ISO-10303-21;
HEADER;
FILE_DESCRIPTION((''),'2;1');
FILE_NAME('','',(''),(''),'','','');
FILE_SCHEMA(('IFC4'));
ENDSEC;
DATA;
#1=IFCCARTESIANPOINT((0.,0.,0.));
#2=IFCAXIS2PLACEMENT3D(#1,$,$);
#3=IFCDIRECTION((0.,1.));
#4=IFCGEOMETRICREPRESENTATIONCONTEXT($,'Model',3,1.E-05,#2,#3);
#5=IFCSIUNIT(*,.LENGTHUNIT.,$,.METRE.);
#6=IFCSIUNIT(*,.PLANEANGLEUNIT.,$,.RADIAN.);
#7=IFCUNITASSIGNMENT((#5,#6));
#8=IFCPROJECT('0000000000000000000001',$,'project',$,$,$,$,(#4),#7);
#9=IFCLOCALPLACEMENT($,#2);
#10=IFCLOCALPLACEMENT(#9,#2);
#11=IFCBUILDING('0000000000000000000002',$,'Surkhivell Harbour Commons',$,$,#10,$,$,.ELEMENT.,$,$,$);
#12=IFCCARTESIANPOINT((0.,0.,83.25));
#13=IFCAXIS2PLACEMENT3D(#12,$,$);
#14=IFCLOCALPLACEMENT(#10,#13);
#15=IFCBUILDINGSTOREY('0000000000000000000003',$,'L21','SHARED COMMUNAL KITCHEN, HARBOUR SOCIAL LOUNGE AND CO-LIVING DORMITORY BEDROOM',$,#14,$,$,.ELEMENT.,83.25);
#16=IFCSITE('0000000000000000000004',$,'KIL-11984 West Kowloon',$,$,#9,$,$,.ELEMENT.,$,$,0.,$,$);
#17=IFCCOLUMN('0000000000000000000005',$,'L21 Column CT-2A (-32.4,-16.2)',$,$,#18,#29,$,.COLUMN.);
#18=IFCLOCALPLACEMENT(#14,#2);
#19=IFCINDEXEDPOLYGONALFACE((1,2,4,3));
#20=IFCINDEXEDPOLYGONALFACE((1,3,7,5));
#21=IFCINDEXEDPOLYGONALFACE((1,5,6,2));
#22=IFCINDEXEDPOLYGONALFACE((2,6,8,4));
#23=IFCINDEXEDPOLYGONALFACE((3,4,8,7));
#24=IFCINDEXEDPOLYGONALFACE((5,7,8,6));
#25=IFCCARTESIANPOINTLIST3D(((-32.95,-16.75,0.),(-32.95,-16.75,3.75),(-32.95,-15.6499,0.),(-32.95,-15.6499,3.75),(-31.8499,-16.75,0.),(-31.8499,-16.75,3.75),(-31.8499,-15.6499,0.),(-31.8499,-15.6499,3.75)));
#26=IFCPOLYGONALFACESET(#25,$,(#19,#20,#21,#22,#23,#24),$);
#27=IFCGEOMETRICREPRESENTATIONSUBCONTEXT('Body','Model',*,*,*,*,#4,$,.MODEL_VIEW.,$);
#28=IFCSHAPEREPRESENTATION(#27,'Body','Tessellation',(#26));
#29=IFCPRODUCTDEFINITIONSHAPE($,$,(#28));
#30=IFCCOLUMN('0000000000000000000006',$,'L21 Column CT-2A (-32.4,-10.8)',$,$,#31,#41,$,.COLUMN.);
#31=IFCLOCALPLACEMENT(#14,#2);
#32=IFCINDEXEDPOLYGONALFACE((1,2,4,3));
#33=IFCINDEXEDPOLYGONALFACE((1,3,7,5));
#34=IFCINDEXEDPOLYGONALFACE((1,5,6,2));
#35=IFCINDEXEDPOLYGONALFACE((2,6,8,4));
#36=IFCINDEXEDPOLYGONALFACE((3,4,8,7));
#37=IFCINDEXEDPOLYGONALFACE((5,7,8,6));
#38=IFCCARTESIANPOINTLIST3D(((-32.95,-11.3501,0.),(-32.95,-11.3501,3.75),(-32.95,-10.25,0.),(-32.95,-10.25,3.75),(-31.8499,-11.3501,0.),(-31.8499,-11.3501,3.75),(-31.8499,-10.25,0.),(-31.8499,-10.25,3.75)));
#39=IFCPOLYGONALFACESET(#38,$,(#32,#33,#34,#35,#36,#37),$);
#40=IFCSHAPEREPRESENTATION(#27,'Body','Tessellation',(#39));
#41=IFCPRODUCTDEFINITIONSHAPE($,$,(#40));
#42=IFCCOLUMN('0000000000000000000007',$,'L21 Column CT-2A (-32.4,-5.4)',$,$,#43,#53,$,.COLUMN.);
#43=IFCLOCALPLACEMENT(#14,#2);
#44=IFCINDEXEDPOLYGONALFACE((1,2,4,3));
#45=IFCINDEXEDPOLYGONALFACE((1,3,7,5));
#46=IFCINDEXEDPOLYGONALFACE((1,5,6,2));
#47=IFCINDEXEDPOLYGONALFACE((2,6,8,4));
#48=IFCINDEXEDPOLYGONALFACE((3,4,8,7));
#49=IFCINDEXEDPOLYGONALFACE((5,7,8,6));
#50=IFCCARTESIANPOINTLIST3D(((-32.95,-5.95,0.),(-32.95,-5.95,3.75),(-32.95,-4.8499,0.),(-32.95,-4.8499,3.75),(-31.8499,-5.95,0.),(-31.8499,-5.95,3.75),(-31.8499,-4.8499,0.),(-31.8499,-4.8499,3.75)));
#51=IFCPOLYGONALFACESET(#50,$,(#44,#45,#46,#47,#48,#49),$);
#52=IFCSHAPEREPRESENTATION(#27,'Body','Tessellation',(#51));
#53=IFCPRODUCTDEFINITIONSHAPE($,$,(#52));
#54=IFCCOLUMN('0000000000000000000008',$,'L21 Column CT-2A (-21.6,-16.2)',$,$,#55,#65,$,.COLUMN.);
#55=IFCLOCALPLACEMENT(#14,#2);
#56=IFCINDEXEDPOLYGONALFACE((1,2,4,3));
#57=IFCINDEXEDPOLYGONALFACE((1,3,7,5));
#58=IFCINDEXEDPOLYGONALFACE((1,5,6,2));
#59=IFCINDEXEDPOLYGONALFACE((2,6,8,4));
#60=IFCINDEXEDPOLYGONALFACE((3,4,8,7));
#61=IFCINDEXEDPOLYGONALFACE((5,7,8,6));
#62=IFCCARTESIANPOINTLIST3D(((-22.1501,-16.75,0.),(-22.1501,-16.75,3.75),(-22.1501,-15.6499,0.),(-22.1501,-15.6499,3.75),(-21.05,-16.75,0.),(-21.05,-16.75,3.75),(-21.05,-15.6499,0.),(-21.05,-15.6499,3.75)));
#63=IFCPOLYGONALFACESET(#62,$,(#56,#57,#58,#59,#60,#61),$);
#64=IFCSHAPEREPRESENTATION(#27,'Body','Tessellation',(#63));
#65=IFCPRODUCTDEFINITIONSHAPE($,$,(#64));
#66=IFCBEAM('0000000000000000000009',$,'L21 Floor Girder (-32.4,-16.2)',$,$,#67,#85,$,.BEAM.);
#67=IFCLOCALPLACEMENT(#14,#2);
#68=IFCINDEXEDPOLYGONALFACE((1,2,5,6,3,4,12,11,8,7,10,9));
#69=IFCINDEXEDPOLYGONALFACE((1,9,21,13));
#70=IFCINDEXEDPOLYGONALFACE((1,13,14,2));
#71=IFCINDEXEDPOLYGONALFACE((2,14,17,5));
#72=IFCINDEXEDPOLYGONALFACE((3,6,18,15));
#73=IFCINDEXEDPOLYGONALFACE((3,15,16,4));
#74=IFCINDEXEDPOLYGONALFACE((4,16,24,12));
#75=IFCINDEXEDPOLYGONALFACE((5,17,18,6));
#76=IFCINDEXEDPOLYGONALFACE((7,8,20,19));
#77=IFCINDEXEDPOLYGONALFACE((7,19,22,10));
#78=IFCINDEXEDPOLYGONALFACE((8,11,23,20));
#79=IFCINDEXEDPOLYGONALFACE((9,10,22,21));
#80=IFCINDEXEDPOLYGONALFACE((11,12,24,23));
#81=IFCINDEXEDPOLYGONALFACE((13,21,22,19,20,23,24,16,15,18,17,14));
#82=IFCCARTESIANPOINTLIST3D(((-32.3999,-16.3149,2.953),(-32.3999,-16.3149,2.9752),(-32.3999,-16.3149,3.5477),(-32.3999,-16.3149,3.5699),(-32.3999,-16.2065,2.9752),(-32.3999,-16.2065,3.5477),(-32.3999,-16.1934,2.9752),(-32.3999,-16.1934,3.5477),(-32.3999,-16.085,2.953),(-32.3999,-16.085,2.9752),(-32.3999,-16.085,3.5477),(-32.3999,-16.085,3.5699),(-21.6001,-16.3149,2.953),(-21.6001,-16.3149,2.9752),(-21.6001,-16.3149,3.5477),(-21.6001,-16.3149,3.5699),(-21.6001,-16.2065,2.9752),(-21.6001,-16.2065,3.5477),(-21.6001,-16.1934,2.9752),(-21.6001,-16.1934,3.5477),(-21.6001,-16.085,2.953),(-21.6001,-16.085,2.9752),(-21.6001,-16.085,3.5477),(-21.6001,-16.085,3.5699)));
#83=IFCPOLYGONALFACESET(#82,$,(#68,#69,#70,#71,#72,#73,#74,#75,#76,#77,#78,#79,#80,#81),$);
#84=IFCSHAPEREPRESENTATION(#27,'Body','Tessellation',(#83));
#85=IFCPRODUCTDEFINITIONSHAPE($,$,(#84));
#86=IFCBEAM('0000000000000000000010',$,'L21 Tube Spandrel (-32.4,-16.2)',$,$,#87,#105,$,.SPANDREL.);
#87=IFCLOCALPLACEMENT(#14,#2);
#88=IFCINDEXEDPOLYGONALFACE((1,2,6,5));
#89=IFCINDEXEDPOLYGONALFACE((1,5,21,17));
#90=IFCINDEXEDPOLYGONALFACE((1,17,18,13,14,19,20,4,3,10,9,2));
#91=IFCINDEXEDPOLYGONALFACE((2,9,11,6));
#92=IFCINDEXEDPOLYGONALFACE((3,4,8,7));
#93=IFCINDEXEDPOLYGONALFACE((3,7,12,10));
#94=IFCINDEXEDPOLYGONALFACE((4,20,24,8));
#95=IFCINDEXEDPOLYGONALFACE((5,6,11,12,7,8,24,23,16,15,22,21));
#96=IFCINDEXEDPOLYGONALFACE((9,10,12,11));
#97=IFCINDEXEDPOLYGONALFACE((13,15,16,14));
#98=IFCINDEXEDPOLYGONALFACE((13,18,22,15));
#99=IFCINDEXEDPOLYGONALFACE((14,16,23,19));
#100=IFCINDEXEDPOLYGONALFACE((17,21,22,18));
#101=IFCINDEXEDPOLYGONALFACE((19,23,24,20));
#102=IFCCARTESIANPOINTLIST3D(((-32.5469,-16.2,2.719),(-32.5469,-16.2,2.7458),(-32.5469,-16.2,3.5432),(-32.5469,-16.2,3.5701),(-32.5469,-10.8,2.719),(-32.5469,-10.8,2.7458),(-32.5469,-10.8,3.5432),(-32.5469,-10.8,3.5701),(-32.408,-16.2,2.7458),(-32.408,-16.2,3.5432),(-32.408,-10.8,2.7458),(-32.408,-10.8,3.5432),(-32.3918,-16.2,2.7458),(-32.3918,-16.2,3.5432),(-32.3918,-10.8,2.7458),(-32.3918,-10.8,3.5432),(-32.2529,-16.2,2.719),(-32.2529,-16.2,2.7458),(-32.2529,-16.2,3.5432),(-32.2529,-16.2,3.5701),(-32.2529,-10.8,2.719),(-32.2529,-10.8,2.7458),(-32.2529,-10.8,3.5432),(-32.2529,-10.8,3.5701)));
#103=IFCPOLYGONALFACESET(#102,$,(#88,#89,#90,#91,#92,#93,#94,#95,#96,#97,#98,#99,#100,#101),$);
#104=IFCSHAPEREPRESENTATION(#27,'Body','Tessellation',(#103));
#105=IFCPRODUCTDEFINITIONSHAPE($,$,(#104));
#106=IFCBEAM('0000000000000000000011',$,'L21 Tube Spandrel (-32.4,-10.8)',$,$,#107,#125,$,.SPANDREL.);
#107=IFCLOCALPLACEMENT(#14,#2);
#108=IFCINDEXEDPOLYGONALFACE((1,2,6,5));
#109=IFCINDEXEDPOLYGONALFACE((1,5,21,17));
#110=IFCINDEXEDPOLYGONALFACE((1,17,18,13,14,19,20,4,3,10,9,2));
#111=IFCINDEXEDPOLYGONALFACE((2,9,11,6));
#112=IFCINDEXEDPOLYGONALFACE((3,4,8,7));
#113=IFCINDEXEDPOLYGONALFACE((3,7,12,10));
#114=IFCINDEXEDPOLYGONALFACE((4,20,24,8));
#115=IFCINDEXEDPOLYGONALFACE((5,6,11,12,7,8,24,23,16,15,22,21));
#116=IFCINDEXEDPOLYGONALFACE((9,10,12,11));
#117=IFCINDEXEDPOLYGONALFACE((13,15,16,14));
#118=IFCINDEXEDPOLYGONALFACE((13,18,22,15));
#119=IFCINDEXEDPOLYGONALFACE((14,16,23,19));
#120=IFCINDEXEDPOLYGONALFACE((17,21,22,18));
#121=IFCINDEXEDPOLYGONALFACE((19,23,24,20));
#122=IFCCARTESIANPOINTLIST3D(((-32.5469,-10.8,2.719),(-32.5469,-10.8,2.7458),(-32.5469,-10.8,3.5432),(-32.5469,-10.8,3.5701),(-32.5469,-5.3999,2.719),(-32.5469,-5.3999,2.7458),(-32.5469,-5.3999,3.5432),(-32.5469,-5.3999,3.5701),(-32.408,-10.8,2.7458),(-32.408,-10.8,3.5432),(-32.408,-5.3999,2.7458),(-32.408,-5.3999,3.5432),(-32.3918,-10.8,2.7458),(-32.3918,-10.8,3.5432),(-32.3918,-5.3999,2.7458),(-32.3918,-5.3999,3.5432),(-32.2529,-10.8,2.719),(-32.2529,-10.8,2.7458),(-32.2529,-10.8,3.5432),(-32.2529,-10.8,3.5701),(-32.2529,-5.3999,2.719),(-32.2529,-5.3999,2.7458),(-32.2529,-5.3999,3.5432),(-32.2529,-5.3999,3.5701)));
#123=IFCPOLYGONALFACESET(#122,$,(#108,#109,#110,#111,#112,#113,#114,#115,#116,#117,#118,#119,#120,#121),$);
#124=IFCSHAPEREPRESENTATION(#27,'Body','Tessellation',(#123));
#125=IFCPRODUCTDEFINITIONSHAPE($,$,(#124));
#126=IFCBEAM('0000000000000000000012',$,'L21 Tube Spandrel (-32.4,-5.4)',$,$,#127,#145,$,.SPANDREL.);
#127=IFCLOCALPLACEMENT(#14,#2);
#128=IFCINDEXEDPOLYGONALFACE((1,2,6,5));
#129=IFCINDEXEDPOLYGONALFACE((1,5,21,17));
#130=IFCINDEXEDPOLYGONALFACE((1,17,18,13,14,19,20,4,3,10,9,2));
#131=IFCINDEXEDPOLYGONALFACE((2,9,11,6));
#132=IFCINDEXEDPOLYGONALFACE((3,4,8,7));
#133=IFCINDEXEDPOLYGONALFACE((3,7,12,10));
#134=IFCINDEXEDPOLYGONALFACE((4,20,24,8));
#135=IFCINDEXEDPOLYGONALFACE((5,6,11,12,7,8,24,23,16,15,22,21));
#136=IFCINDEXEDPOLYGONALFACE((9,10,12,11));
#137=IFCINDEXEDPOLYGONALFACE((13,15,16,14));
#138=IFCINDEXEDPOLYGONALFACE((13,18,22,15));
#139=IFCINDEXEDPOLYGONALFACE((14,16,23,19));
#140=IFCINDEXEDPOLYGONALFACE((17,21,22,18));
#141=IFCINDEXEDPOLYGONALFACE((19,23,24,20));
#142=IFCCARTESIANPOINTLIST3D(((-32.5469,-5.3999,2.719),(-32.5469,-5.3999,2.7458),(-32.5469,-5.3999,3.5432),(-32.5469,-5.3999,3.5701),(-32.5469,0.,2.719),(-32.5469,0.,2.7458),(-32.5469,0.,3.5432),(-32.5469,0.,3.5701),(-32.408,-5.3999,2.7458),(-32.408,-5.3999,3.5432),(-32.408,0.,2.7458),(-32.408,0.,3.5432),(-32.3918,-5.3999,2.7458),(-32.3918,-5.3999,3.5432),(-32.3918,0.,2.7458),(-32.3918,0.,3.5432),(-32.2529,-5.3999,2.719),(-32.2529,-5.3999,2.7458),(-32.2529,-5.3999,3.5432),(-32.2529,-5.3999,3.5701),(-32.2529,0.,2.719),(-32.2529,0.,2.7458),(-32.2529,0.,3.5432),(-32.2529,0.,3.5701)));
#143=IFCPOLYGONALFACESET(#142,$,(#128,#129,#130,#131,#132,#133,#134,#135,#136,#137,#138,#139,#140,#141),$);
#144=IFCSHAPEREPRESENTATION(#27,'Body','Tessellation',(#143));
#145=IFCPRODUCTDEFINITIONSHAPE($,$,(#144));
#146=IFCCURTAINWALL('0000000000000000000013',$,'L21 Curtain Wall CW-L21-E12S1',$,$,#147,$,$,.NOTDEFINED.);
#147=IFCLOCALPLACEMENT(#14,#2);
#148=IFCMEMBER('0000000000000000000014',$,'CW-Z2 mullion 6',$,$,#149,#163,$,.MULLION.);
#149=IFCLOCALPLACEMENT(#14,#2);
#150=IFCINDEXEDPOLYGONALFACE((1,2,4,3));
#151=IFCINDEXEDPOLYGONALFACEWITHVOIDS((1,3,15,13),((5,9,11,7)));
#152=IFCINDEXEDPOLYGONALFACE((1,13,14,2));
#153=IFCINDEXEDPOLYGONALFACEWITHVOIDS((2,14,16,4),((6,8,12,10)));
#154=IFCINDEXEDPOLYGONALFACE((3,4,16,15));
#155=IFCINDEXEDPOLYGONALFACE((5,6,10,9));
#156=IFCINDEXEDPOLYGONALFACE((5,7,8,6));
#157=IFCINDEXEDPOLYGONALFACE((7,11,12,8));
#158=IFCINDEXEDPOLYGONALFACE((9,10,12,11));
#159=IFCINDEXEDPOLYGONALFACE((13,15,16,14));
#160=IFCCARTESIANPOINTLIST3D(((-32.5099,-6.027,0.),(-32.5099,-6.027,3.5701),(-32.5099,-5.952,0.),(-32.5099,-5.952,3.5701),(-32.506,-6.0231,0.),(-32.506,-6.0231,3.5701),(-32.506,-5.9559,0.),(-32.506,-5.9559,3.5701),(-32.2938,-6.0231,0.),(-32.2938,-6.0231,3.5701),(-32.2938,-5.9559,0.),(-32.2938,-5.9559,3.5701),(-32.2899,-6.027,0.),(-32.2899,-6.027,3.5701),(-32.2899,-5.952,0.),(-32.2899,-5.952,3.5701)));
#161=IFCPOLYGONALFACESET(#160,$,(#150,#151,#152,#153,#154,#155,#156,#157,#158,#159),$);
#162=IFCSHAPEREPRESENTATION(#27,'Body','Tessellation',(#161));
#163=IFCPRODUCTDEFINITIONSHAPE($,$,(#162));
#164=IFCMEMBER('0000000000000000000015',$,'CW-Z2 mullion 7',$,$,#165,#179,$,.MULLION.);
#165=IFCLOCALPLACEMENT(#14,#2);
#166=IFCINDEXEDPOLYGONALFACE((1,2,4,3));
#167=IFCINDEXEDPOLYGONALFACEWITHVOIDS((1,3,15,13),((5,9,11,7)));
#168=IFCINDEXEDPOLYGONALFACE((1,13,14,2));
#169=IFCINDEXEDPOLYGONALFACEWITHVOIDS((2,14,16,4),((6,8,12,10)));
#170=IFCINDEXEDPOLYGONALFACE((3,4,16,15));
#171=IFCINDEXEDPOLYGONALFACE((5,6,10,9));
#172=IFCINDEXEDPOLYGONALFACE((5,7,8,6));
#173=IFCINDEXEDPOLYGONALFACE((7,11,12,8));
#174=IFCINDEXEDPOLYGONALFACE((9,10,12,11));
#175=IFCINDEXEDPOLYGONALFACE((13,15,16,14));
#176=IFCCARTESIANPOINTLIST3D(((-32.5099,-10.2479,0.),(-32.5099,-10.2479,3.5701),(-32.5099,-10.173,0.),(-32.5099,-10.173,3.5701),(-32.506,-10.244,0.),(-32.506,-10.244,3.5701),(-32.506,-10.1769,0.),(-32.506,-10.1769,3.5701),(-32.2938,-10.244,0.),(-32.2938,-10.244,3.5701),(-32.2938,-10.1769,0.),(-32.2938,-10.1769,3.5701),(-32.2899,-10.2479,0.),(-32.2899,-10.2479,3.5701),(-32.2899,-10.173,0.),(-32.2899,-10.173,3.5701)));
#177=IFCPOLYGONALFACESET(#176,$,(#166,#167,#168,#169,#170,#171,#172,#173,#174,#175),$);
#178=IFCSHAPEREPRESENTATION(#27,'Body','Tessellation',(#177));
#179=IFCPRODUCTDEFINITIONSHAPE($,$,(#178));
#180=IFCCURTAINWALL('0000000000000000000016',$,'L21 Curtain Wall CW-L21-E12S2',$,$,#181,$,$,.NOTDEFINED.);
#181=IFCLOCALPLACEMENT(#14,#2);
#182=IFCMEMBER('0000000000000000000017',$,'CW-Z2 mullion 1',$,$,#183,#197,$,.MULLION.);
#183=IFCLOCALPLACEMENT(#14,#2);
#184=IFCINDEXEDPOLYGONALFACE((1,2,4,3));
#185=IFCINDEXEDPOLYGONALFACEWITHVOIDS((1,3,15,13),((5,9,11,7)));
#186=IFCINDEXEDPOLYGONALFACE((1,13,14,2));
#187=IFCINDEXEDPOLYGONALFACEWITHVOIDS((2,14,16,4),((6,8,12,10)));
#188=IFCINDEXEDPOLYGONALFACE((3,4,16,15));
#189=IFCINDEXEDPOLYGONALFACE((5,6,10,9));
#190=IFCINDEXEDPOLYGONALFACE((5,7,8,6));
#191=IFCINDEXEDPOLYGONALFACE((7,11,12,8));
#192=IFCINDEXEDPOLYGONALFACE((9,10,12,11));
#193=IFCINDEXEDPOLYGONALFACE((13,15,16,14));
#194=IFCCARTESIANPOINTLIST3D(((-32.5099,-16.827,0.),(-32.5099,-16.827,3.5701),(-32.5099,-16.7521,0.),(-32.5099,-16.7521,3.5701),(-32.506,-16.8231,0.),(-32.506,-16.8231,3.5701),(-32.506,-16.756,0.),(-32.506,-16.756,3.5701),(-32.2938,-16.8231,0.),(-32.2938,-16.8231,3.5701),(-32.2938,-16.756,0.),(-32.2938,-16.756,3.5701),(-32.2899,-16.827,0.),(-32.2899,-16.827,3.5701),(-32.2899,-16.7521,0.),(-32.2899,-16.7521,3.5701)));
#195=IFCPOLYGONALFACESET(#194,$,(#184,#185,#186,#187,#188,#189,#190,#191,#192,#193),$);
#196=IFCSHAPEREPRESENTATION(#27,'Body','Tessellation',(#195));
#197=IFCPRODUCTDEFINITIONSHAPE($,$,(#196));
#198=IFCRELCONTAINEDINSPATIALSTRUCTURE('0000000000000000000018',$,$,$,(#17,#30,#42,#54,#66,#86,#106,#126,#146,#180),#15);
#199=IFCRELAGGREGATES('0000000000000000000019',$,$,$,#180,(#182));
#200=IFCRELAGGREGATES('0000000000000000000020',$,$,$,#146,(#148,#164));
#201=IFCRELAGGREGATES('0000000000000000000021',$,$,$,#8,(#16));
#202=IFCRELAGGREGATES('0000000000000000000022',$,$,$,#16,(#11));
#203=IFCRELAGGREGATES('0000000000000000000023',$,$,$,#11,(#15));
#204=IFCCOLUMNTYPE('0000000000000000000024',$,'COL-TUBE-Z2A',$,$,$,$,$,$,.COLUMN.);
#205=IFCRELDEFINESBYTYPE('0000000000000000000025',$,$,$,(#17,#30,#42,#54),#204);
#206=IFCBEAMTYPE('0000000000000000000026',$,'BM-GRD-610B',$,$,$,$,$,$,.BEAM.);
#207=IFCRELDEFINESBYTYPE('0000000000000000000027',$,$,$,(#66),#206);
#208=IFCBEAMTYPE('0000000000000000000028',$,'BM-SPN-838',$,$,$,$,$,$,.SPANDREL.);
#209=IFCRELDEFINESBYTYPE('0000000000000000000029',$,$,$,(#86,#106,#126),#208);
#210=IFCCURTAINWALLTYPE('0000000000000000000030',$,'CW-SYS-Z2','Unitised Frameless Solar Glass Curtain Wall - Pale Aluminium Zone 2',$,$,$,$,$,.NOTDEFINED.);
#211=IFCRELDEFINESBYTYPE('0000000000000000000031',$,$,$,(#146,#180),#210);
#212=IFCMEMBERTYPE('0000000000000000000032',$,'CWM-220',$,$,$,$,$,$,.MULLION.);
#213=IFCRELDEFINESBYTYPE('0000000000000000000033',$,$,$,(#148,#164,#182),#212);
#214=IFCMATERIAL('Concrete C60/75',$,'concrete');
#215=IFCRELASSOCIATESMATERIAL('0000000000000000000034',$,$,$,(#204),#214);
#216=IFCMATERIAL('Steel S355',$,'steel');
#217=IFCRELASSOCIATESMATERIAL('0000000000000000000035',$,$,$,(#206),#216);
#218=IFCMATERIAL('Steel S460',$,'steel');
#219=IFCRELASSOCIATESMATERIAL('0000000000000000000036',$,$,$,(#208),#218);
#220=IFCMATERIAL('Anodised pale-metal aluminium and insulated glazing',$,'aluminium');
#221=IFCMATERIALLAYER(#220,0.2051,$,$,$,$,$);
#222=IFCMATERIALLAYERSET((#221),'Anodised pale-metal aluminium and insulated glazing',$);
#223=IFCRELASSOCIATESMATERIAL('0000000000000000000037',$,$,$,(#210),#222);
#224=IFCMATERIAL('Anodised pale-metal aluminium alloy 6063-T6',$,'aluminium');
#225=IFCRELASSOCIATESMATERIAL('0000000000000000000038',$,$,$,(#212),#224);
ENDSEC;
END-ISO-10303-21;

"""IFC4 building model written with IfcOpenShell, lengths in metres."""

from ifc_helpers import new_model, si_unit, direction, frame, origin, origin_2d, place, context, subcontext, project, spatial, rectangle, hollow_rectangle, i_section, extrude, material, layer, layer_set, material_profile, profile_set, type_object, element, aggregate, save


model = new_model("IFC4")

# Units and contexts
model_context = context("Model", 3, precision=1e-05, world=origin(), true_north=direction((0.0, 1.0)))
body_context = subcontext(model_context, "Body", "Model", "MODEL_VIEW")
ifc_project = project(units=[si_unit("LENGTHUNIT", "METRE"), si_unit("PLANEANGLEUNIT", "RADIAN")], contexts=[model_context])

# Site, building, storey
site_placement = place(None, origin())
site = spatial("IfcSite", under=ifc_project, at=site_placement, Name="KIL-11984 West Kowloon", CompositionType="ELEMENT", RefElevation=0.0)
building_placement = place(site_placement, origin())
building = spatial("IfcBuilding", under=site, at=building_placement, Name="Surkhivell Harbour Commons", CompositionType="ELEMENT")
storey_placement = place(building_placement, frame((0.0, 0.0, 83.25)))
storey = spatial("IfcBuildingStorey", under=building, at=storey_placement, Name="L21", Description="SHARED COMMUNAL KITCHEN, HARBOUR SOCIAL LOUNGE AND CO-LIVING DORMITORY BEDROOM", CompositionType="ELEMENT", Elevation=83.25)

# Columns
ifc_material_1 = material(Name="Concrete C60/75", Category="concrete")
ifc_material_profile_1 = material_profile(ifc_material_1, rectangle(XDim=1.1001, YDim=1.1001, at=origin_2d()), Name="RC-COL-1100x1100")
ifc_profile_set_1 = profile_set([ifc_material_profile_1], Name="Concrete C60/75")
column_type = type_object("IfcColumnType", Name="COL-TUBE-Z2A", PredefinedType="COLUMN", material=ifc_profile_set_1)
for number, where, z_axis, x_axis, name in (
    (1, (-32.3999, -16.2, 0.0), (0.0, 0.0, 1.0), (1.0, 0.0, 0.0), "L21 Column CT-2A (-32.4,-16.2)"),
    (2, (-32.3999, -10.8, 0.0), (0.0, 0.0, 1.0), (1.0, 0.0, 0.0), "L21 Column CT-2A (-32.4,-10.8)"),
    (3, (-32.3999, -5.3999, 0.0), (0.0, 0.0, 1.0), (1.0, 0.0, 0.0), "L21 Column CT-2A (-32.4,-5.4)"),
    (4, (-21.6001, -16.2, 0.0), (0.0, 0.0, 1.0), (1.0, 0.0, 0.0), "L21 Column CT-2A (-21.6,-16.2)"),
):
    element("IfcColumn", number, at=place(storey_placement, frame(where, z_axis=z_axis, x_axis=x_axis)), inside=storey, type_object=column_type, Name=name, PredefinedType="COLUMN", context=body_context, shape_type="SweptSolid", body=[
        extrude(rectangle(XDim=1.1001, YDim=1.1001, at=origin_2d()), origin(), (0.0, 0.0, 1.0), 3.75),
    ])

# Beams
ifc_material_2 = material(Name="Steel S355", Category="steel")
ifc_material_profile_2 = material_profile(ifc_material_2, i_section(OverallWidth=0.23, OverallDepth=0.6169, WebThickness=0.0132, FlangeThickness=0.0222, at=origin_2d()), Name="UB610x229x140")
ifc_profile_set_2 = profile_set([ifc_material_profile_2], Name="Steel S355")
beam_type_1 = type_object("IfcBeamType", Name="BM-GRD-610B", PredefinedType="BEAM", material=ifc_profile_set_2)
beam_1_placement = place(storey_placement, frame((-32.3999, -16.2, 3.2615), z_axis=(1.0, 0.0, 0.0), x_axis=(0.0, 1.0, 0.0)))
element("IfcBeam", 5, at=beam_1_placement, inside=storey, type_object=beam_type_1, Name="L21 Floor Girder (-32.4,-16.2)", PredefinedType="BEAM", context=body_context, shape_type="SweptSolid", body=[
    extrude(i_section(OverallWidth=0.23, OverallDepth=0.6169, WebThickness=0.0132, FlangeThickness=0.0222, at=origin_2d()), origin(), (0.0, 0.0, 1.0), 10.7998),
])
ifc_material_3 = material(Name="Steel S460", Category="steel")
ifc_material_profile_3 = material_profile(ifc_material_3, i_section(OverallWidth=0.2939, OverallDepth=0.8511, WebThickness=0.0161, FlangeThickness=0.0269, at=origin_2d()), Name="UB838x292x226")
ifc_profile_set_3 = profile_set([ifc_material_profile_3], Name="Steel S460")
beam_type_2 = type_object("IfcBeamType", Name="BM-SPN-838", PredefinedType="SPANDREL", material=ifc_profile_set_3)
beam_2_placement = place(storey_placement, frame((-32.3999, -16.2, 3.1445), z_axis=(0.0, 1.0, 0.0), x_axis=(-1.0, 0.0, 0.0)))
element("IfcBeam", 6, at=beam_2_placement, inside=storey, type_object=beam_type_2, Name="L21 Tube Spandrel (-32.4,-16.2)", PredefinedType="SPANDREL", context=body_context, shape_type="SweptSolid", body=[
    extrude(i_section(OverallWidth=0.2939, OverallDepth=0.8511, WebThickness=0.0161, FlangeThickness=0.0269, at=origin_2d()), origin(), (0.0, 0.0, 1.0), 5.3999),
])
beam_3_placement = place(storey_placement, frame((-32.3999, -10.8, 3.1445), z_axis=(0.0, 1.0, 0.0), x_axis=(-1.0, 0.0, 0.0)))
element("IfcBeam", 7, at=beam_3_placement, inside=storey, type_object=beam_type_2, Name="L21 Tube Spandrel (-32.4,-10.8)", PredefinedType="SPANDREL", context=body_context, shape_type="SweptSolid", body=[
    extrude(i_section(OverallWidth=0.2939, OverallDepth=0.8511, WebThickness=0.0161, FlangeThickness=0.0269, at=origin_2d()), origin(), (0.0, 0.0, 1.0), 5.4001),
])
beam_4_placement = place(storey_placement, frame((-32.3999, -5.3999, 3.1445), z_axis=(0.0, 1.0, 0.0), x_axis=(-1.0, 0.0, 0.0)))
element("IfcBeam", 8, at=beam_4_placement, inside=storey, type_object=beam_type_2, Name="L21 Tube Spandrel (-32.4,-5.4)", PredefinedType="SPANDREL", context=body_context, shape_type="SweptSolid", body=[
    extrude(i_section(OverallWidth=0.2939, OverallDepth=0.8511, WebThickness=0.0161, FlangeThickness=0.0269, at=origin_2d()), origin(), (0.0, 0.0, 1.0), 5.3999),
])

# Curtain wall, members
ifc_material_4 = material(Name="Anodised pale-metal aluminium and insulated glazing", Category="aluminium")
ifc_layer_1 = layer(ifc_material_4, 0.2051)
ifc_layer_set_1 = layer_set([ifc_layer_1], Name="Anodised pale-metal aluminium and insulated glazing")
curtain_wall_type = type_object("IfcCurtainWallType", Name="CW-SYS-Z2", Description="Unitised Frameless Solar Glass Curtain Wall - Pale Aluminium Zone 2", PredefinedType="NOTDEFINED", material=ifc_layer_set_1)
curtain_wall_1_placement = place(storey_placement, origin())
curtain_wall_1 = element("IfcCurtainWall", 9, at=curtain_wall_1_placement, inside=storey, type_object=curtain_wall_type, Name="L21 Curtain Wall CW-L21-E12S1", PredefinedType="NOTDEFINED")
ifc_material_5 = material(Name="Anodised pale-metal aluminium alloy 6063-T6", Category="aluminium")
ifc_material_profile_4 = material_profile(ifc_material_5, hollow_rectangle(XDim=0.075, YDim=0.22, WallThickness=0.0039, at=origin_2d()), Name="ALU-MULL-75x220")
ifc_profile_set_4 = profile_set([ifc_material_profile_4], Name="Anodised pale-metal aluminium alloy 6063-T6")
member_type_1 = type_object("IfcMemberType", Name="CWM-220", PredefinedType="MULLION", material=ifc_profile_set_4)
member_1_placement = place(storey_placement, frame((-32.3999, -5.9895, 0.0), z_axis=(0.0, 0.0, 1.0), x_axis=(0.0, -1.0, 0.0)))
member_1 = element("IfcMember", 10, at=member_1_placement, type_object=member_type_1, Name="CW-Z2 mullion 6", PredefinedType="MULLION", context=body_context, shape_type="SweptSolid", body=[
    extrude(hollow_rectangle(XDim=0.075, YDim=0.22, WallThickness=0.0039, at=origin_2d()), origin(), (0.0, 0.0, 1.0), 3.5701),
])
member_2_placement = place(storey_placement, frame((-32.3999, -10.2104, 0.0), z_axis=(0.0, 0.0, 1.0), x_axis=(0.0, -1.0, 0.0)))
member_2 = element("IfcMember", 11, at=member_2_placement, type_object=member_type_1, Name="CW-Z2 mullion 7", PredefinedType="MULLION", context=body_context, shape_type="SweptSolid", body=[
    extrude(hollow_rectangle(XDim=0.075, YDim=0.22, WallThickness=0.0039, at=origin_2d()), origin(), (0.0, 0.0, 1.0), 3.5701),
])

# Curtain wall, member
curtain_wall_2_placement = place(storey_placement, origin())
curtain_wall_2 = element("IfcCurtainWall", 12, at=curtain_wall_2_placement, inside=storey, type_object=curtain_wall_type, Name="L21 Curtain Wall CW-L21-E12S2", PredefinedType="NOTDEFINED")
member_3_placement = place(storey_placement, frame((-32.3999, -16.7896, 0.0), z_axis=(0.0, 0.0, 1.0), x_axis=(0.0, -1.0, 0.0)))
member_3 = element("IfcMember", 13, at=member_3_placement, type_object=member_type_1, Name="CW-Z2 mullion 1", PredefinedType="MULLION", context=body_context, shape_type="SweptSolid", body=[
    extrude(hollow_rectangle(XDim=0.075, YDim=0.22, WallThickness=0.0039, at=origin_2d()), origin(), (0.0, 0.0, 1.0), 3.5701),
])
aggregate(curtain_wall_2, [member_3])

aggregate(curtain_wall_1, [member_1, member_2])

save(model, "model.ifc")
